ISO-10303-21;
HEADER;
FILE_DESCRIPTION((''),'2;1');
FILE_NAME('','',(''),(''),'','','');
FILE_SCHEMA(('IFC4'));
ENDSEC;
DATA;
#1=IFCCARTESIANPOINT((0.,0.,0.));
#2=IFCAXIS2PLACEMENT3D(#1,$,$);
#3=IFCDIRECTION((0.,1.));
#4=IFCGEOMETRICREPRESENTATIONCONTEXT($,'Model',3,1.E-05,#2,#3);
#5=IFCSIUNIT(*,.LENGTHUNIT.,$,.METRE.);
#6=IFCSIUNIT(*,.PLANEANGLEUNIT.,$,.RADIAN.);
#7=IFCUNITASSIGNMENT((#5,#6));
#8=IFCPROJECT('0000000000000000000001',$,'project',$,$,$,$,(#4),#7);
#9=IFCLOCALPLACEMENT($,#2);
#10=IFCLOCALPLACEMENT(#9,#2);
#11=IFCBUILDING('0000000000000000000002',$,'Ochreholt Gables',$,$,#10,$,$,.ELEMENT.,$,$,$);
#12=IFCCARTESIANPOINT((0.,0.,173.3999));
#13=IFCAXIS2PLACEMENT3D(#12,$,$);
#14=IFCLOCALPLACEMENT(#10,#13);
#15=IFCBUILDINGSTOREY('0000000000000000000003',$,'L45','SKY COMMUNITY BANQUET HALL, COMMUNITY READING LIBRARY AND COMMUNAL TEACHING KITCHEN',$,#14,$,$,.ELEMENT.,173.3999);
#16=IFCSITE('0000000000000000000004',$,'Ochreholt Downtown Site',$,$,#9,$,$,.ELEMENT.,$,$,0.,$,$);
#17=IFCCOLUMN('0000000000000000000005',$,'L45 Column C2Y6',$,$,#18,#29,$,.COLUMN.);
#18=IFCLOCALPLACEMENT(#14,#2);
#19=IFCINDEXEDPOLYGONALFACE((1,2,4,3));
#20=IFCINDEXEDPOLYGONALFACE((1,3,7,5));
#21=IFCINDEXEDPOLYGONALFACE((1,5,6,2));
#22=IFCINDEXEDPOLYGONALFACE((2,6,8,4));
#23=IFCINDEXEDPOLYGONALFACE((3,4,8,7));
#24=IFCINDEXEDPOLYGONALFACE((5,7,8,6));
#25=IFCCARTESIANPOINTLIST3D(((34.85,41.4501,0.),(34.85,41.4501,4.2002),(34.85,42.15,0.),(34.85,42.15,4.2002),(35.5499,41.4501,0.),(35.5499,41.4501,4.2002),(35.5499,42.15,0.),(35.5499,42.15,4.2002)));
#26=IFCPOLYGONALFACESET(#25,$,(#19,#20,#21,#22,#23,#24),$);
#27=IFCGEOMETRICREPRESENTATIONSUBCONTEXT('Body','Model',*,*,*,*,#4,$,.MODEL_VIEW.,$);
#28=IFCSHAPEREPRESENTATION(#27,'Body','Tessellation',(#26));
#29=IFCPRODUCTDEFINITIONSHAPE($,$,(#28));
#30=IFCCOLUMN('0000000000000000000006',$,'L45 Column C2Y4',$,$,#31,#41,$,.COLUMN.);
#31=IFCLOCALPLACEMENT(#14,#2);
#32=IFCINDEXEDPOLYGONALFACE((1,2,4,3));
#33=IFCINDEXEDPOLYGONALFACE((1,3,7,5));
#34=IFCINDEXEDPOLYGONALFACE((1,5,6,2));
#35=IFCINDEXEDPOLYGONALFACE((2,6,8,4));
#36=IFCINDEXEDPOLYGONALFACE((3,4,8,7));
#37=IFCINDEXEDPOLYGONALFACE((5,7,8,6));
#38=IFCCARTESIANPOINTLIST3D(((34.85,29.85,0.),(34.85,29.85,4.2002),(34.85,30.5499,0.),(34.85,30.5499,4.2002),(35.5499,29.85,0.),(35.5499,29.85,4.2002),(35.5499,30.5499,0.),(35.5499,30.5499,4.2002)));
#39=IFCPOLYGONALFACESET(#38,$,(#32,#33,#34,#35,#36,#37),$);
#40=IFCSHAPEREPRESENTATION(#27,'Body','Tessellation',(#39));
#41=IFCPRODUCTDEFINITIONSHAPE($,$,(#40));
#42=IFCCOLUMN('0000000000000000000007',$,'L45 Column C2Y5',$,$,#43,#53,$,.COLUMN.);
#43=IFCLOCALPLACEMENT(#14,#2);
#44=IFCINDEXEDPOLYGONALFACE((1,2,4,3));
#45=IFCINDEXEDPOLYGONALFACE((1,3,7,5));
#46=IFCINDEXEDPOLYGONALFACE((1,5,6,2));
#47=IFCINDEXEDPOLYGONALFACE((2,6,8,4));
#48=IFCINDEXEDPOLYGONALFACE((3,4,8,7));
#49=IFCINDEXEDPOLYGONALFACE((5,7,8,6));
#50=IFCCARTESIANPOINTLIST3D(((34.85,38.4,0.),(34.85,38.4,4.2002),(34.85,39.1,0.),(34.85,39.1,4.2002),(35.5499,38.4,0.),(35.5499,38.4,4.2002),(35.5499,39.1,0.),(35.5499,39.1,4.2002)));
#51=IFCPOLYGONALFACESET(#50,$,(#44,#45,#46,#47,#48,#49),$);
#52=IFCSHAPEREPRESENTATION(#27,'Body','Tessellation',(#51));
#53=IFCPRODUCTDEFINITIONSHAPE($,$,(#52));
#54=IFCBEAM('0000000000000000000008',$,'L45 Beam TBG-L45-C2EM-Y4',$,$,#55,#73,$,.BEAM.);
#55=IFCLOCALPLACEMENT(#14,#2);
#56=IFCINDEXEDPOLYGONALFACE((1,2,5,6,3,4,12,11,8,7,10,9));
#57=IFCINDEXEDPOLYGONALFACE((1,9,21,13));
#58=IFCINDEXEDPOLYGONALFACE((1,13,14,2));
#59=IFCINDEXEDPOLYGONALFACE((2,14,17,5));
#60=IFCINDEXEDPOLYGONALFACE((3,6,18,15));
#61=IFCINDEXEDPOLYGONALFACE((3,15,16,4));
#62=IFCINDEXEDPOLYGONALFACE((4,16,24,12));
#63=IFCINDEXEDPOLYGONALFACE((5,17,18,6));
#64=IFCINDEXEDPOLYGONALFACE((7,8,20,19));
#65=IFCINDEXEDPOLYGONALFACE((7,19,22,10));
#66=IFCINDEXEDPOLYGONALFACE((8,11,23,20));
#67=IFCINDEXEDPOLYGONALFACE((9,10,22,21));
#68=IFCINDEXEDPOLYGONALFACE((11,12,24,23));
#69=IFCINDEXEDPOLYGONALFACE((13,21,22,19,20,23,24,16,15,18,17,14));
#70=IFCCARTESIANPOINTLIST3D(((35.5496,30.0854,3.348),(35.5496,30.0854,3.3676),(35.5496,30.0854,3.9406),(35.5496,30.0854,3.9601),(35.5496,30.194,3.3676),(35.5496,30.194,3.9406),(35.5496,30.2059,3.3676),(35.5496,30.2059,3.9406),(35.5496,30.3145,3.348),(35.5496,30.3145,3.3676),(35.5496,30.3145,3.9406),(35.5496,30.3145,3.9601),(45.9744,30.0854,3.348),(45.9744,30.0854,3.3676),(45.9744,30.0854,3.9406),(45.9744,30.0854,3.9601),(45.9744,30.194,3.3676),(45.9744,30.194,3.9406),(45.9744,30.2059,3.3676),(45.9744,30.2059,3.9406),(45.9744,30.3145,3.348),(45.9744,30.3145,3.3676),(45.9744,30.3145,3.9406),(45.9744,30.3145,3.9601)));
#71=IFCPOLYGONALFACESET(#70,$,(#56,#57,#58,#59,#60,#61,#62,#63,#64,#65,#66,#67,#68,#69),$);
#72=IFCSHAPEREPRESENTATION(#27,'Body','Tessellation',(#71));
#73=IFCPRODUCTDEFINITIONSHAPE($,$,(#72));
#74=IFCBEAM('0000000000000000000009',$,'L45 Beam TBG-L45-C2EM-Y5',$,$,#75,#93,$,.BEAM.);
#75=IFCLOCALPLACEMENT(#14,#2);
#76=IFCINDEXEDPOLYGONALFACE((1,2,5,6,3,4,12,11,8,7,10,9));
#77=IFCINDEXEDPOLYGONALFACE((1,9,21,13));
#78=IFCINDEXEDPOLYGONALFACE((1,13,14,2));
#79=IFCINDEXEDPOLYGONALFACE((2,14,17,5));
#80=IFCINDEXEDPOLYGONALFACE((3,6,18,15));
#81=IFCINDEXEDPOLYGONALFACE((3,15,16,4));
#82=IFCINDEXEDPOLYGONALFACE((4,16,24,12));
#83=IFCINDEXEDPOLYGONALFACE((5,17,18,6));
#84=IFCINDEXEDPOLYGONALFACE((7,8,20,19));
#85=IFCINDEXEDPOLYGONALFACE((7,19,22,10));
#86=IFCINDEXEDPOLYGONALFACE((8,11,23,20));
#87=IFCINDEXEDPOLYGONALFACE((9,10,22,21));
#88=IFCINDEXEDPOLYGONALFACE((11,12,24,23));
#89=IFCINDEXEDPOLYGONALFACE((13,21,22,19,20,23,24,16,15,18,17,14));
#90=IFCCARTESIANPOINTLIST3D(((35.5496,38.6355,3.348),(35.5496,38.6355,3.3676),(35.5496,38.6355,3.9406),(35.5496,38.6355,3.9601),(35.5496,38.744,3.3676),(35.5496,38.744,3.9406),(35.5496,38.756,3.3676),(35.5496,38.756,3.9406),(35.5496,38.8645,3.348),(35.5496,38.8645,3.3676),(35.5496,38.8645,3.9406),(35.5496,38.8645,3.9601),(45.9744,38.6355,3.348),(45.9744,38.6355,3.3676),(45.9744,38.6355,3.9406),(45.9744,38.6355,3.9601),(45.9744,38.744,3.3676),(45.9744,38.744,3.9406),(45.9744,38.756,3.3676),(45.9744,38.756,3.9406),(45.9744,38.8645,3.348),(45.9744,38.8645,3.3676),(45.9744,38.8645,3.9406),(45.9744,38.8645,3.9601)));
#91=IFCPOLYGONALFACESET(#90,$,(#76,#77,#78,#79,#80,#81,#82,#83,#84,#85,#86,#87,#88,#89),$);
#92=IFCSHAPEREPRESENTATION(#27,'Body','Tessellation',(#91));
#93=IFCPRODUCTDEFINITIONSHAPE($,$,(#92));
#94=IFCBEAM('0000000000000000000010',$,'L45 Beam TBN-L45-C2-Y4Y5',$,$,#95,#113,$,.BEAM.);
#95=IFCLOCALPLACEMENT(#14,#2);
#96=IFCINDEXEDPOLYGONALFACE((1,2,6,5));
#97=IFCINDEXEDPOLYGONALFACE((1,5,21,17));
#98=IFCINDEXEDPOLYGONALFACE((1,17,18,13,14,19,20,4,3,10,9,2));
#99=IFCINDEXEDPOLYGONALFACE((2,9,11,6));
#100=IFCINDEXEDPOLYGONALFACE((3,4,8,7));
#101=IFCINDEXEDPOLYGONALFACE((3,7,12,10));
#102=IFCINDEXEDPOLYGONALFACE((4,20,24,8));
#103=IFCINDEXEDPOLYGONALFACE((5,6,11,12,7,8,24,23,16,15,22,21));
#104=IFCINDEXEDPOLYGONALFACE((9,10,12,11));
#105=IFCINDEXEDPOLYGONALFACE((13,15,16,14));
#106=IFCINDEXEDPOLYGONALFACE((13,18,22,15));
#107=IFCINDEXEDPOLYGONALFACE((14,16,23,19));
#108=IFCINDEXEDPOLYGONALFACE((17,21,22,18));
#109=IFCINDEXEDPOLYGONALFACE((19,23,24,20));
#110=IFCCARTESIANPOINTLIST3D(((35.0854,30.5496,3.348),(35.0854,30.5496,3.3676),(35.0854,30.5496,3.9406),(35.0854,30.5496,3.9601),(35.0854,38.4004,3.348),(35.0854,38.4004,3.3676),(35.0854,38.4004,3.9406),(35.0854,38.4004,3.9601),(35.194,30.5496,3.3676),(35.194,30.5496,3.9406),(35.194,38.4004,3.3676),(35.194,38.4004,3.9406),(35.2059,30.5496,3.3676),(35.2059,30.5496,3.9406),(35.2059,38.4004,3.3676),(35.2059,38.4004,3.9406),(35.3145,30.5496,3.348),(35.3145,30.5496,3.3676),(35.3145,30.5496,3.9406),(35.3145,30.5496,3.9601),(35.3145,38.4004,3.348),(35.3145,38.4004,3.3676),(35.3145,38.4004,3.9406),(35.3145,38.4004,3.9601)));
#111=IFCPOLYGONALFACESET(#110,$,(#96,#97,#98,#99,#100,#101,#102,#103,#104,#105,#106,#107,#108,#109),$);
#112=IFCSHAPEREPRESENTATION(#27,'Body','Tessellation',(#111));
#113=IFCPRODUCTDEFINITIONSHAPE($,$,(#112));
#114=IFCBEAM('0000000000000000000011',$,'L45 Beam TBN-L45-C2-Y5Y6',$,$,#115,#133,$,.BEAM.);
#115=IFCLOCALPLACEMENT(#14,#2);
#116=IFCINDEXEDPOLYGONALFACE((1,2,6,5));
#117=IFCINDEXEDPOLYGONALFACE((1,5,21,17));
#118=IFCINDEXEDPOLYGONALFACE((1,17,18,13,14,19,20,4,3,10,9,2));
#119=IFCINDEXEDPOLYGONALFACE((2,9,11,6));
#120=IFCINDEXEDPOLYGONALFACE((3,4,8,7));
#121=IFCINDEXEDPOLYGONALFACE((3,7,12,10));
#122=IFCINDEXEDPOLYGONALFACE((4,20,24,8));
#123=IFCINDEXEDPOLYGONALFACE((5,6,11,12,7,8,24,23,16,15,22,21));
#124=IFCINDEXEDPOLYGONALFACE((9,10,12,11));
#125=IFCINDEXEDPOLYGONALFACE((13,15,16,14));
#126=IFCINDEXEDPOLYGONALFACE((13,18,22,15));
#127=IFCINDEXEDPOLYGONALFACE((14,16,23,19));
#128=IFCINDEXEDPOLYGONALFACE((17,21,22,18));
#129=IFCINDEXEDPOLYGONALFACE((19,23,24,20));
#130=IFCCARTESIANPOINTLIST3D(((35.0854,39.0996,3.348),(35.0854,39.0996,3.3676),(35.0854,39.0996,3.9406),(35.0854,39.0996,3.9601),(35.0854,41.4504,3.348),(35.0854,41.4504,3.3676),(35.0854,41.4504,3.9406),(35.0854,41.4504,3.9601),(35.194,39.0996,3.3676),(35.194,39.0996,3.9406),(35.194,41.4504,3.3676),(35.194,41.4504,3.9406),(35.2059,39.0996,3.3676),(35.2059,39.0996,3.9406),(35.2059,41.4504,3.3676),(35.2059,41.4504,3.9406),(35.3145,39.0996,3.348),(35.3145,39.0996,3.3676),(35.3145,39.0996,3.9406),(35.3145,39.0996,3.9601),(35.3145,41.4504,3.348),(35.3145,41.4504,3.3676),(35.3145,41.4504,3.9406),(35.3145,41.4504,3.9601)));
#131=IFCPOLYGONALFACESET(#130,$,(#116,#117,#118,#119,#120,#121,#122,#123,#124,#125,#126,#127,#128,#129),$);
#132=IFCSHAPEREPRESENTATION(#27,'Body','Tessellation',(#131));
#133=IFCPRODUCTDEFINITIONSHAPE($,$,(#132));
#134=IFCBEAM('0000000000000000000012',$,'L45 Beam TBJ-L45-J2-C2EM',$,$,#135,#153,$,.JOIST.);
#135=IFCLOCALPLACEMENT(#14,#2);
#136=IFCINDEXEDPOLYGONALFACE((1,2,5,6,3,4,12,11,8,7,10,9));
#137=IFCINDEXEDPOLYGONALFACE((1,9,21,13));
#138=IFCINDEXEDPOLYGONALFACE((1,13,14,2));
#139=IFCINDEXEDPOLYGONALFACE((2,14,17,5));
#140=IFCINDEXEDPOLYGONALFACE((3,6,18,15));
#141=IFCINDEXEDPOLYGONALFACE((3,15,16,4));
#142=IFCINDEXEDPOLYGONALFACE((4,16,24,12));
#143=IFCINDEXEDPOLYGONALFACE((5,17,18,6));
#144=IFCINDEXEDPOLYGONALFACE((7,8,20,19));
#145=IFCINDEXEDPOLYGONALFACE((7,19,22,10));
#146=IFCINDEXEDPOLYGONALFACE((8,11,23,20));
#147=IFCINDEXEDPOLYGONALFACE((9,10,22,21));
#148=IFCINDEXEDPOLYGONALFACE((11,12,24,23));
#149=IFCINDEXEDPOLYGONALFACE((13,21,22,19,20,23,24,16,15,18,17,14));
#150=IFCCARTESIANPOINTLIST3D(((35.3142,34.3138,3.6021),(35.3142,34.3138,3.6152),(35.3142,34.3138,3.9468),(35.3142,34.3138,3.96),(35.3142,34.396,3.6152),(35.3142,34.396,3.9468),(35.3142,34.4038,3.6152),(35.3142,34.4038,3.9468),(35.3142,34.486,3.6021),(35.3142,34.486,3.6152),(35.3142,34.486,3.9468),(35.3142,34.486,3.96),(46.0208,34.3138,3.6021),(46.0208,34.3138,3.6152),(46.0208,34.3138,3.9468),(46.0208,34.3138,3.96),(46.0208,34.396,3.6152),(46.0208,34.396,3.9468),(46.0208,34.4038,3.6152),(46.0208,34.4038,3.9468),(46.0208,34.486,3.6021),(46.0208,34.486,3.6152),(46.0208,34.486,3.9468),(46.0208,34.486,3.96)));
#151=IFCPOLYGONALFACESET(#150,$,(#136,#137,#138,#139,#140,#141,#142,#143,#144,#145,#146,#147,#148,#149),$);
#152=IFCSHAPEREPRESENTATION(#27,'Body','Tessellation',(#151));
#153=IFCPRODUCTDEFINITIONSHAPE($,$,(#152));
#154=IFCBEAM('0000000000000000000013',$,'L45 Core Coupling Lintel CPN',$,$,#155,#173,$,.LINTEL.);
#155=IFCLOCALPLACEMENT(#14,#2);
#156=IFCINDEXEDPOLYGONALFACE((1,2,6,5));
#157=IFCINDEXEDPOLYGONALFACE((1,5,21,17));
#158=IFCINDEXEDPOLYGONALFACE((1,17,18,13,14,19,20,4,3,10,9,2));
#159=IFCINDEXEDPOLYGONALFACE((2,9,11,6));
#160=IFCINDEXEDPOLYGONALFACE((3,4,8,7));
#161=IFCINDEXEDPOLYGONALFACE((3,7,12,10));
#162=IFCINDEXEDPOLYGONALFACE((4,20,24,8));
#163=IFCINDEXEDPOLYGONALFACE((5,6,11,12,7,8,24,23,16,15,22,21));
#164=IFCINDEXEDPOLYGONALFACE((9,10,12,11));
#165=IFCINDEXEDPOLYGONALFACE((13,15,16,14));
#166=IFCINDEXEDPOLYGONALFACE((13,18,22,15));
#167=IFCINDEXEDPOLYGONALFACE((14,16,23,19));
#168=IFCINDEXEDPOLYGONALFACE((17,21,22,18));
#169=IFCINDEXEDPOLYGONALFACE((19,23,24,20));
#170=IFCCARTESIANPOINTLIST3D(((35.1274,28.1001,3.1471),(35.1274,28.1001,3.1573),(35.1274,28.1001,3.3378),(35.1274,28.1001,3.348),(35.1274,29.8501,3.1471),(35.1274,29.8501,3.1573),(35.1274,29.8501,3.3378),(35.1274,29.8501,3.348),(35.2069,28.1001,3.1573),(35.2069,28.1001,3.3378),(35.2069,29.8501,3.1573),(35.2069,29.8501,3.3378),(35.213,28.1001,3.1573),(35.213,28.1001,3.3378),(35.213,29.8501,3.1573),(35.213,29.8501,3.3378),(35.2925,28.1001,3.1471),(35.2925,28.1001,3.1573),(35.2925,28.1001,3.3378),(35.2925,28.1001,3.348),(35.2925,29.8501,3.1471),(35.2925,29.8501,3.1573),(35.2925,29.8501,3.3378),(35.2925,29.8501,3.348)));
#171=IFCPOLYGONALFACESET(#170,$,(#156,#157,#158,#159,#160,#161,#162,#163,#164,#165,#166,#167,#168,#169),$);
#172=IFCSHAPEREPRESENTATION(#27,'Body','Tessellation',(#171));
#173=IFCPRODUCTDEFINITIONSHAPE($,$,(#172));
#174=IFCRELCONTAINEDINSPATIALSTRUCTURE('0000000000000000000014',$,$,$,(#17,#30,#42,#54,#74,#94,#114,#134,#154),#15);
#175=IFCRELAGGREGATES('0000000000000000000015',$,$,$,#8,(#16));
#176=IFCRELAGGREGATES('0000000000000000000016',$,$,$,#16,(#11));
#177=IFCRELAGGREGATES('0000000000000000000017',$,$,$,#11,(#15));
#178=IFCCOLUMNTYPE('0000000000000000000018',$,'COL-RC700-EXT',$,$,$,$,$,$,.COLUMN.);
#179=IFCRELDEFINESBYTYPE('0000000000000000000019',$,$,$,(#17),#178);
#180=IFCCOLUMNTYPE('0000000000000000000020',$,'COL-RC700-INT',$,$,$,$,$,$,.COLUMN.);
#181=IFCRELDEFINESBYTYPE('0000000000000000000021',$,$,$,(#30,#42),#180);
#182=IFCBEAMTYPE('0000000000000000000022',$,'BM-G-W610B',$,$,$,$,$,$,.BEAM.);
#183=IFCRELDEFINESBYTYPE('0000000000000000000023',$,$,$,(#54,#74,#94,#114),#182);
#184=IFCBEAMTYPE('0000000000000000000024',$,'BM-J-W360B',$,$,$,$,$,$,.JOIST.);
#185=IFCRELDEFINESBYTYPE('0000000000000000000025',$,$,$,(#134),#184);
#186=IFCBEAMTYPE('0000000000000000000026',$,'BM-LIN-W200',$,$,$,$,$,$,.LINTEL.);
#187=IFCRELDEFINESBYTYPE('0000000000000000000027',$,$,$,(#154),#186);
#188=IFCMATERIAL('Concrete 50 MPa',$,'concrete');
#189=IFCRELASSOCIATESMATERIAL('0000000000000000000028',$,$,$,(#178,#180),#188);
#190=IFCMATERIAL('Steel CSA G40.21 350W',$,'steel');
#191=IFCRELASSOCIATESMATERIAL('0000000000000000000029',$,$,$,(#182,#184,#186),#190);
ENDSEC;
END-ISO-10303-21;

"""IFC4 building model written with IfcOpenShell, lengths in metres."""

from ifc_helpers import new_model, si_unit, direction, frame, origin, origin_2d, place, context, subcontext, project, spatial, rectangle, i_section, extrude, material, material_profile, profile_set, type_object, element, save


model = new_model("IFC4")

# Units and contexts
model_context = context("Model", 3, precision=1e-05, world=origin(), true_north=direction((0.0, 1.0)))
body_context = subcontext(model_context, "Body", "Model", "MODEL_VIEW")
ifc_project = project(units=[si_unit("LENGTHUNIT", "METRE"), si_unit("PLANEANGLEUNIT", "RADIAN")], contexts=[model_context])

# Site, building, storey
site_placement = place(None, origin())
site = spatial("IfcSite", under=ifc_project, at=site_placement, Name="Ochreholt Downtown Site", CompositionType="ELEMENT", RefElevation=0.0)
building_placement = place(site_placement, origin())
building = spatial("IfcBuilding", under=site, at=building_placement, Name="Ochreholt Gables", CompositionType="ELEMENT")
storey_placement = place(building_placement, frame((0.0, 0.0, 173.3999)))
storey = spatial("IfcBuildingStorey", under=building, at=storey_placement, Name="L45", Description="SKY COMMUNITY BANQUET HALL, COMMUNITY READING LIBRARY AND COMMUNAL TEACHING KITCHEN", CompositionType="ELEMENT", Elevation=173.3999)

# Columns
ifc_material_1 = material(Name="Concrete 50 MPa", Category="concrete")
ifc_material_profile_1 = material_profile(ifc_material_1, rectangle(XDim=0.7, YDim=0.7, at=origin_2d()), Name="RC700X700")
ifc_profile_set_1 = profile_set([ifc_material_profile_1], Name="Concrete 50 MPa")
column_type_1 = type_object("IfcColumnType", Name="COL-RC700-EXT", PredefinedType="COLUMN", material=ifc_profile_set_1)
column_placement = place(storey_placement, frame((35.2, 41.8, 0.0), z_axis=(0.0, 0.0, 1.0), x_axis=(1.0, 0.0, 0.0)))
element("IfcColumn", 1, at=column_placement, inside=storey, type_object=column_type_1, Name="L45 Column C2Y6", PredefinedType="COLUMN", context=body_context, shape_type="SweptSolid", body=[
    extrude(rectangle(XDim=0.7, YDim=0.7, at=origin_2d()), origin(), (0.0, 0.0, 1.0), 4.2002),
])
ifc_material_profile_2 = material_profile(ifc_material_1, rectangle(XDim=0.7, YDim=0.7, at=origin_2d()), Name="RC700X700")
ifc_profile_set_2 = profile_set([ifc_material_profile_2], Name="Concrete 50 MPa")
column_type_2 = type_object("IfcColumnType", Name="COL-RC700-INT", PredefinedType="COLUMN", material=ifc_profile_set_2)
for number, where, z_axis, x_axis, name in (
    (2, (35.2, 30.2, 0.0), (0.0, 0.0, 1.0), (1.0, 0.0, 0.0), "L45 Column C2Y4"),
    (3, (35.2, 38.75, 0.0), (0.0, 0.0, 1.0), (1.0, 0.0, 0.0), "L45 Column C2Y5"),
):
    element("IfcColumn", number, at=place(storey_placement, frame(where, z_axis=z_axis, x_axis=x_axis)), inside=storey, type_object=column_type_2, Name=name, PredefinedType="COLUMN", context=body_context, shape_type="SweptSolid", body=[
        extrude(rectangle(XDim=0.7, YDim=0.7, at=origin_2d()), origin(), (0.0, 0.0, 1.0), 4.2002),
    ])

# Beams
ifc_material_2 = material(Name="Steel CSA G40.21 350W", Category="steel")
ifc_material_profile_3 = material_profile(ifc_material_2, i_section(OverallWidth=0.229, OverallDepth=0.6121, WebThickness=0.012, FlangeThickness=0.0195, at=origin_2d()), Name="W610X125")
ifc_profile_set_3 = profile_set([ifc_material_profile_3], Name="Steel CSA G40.21 350W")
beam_type_1 = type_object("IfcBeamType", Name="BM-G-W610B", PredefinedType="BEAM", material=ifc_profile_set_3)
for number, where, z_axis, x_axis, name in (
    (4, (35.5496, 30.2, 3.6541), (1.0, 0.0, 0.0), (0.0, 1.0, 0.0), "L45 Beam TBG-L45-C2EM-Y4"),
    (5, (35.5496, 38.75, 3.6541), (1.0, 0.0, 0.0), (0.0, 1.0, 0.0), "L45 Beam TBG-L45-C2EM-Y5"),
):
    element("IfcBeam", number, at=place(storey_placement, frame(where, z_axis=z_axis, x_axis=x_axis)), inside=storey, type_object=beam_type_1, Name=name, PredefinedType="BEAM", context=body_context, shape_type="SweptSolid", body=[
        extrude(i_section(OverallWidth=0.229, OverallDepth=0.6121, WebThickness=0.012, FlangeThickness=0.0195, at=origin_2d()), origin(), (0.0, 0.0, 1.0), 10.4248),
    ])
beam_1_placement = place(storey_placement, frame((35.2, 30.5496, 3.6541), z_axis=(0.0, 1.0, 0.0), x_axis=(-1.0, 0.0, 0.0)))
element("IfcBeam", 6, at=beam_1_placement, inside=storey, type_object=beam_type_1, Name="L45 Beam TBN-L45-C2-Y4Y5", PredefinedType="BEAM", context=body_context, shape_type="SweptSolid", body=[
    extrude(i_section(OverallWidth=0.229, OverallDepth=0.6121, WebThickness=0.012, FlangeThickness=0.0195, at=origin_2d()), origin(), (0.0, 0.0, 1.0), 7.8508),
])
beam_2_placement = place(storey_placement, frame((35.2, 39.0996, 3.6541), z_axis=(0.0, 1.0, 0.0), x_axis=(-1.0, 0.0, 0.0)))
element("IfcBeam", 7, at=beam_2_placement, inside=storey, type_object=beam_type_1, Name="L45 Beam TBN-L45-C2-Y5Y6", PredefinedType="BEAM", context=body_context, shape_type="SweptSolid", body=[
    extrude(i_section(OverallWidth=0.229, OverallDepth=0.6121, WebThickness=0.012, FlangeThickness=0.0195, at=origin_2d()), origin(), (0.0, 0.0, 1.0), 2.3508),
])
ifc_material_profile_4 = material_profile(ifc_material_2, i_section(OverallWidth=0.1721, OverallDepth=0.3579, WebThickness=0.0078, FlangeThickness=0.0132, at=origin_2d()), Name="W360X57")
ifc_profile_set_4 = profile_set([ifc_material_profile_4], Name="Steel CSA G40.21 350W")
beam_type_2 = type_object("IfcBeamType", Name="BM-J-W360B", PredefinedType="JOIST", material=ifc_profile_set_4)
beam_3_placement = place(storey_placement, frame((35.3142, 34.3999, 3.781), z_axis=(1.0, 0.0, 0.0), x_axis=(0.0, 1.0, 0.0)))
element("IfcBeam", 8, at=beam_3_placement, inside=storey, type_object=beam_type_2, Name="L45 Beam TBJ-L45-J2-C2EM", PredefinedType="JOIST", context=body_context, shape_type="SweptSolid", body=[
    extrude(i_section(OverallWidth=0.1721, OverallDepth=0.3579, WebThickness=0.0078, FlangeThickness=0.0132, at=origin_2d()), origin(), (0.0, 0.0, 1.0), 10.7065),
])
ifc_material_profile_5 = material_profile(ifc_material_2, i_section(OverallWidth=0.165, OverallDepth=0.2009, WebThickness=0.0061, FlangeThickness=0.0103, at=origin_2d()), Name="W200X36")
ifc_profile_set_5 = profile_set([ifc_material_profile_5], Name="Steel CSA G40.21 350W")
beam_type_3 = type_object("IfcBeamType", Name="BM-LIN-W200", PredefinedType="LINTEL", material=ifc_profile_set_5)
beam_4_placement = place(storey_placement, frame((35.21, 28.1001, 3.2476), z_axis=(0.0, 1.0, 0.0), x_axis=(-1.0, 0.0, 0.0)))
element("IfcBeam", 9, at=beam_4_placement, inside=storey, type_object=beam_type_3, Name="L45 Core Coupling Lintel CPN", PredefinedType="LINTEL", context=body_context, shape_type="SweptSolid", body=[
    extrude(i_section(OverallWidth=0.165, OverallDepth=0.2009, WebThickness=0.0061, FlangeThickness=0.0103, at=origin_2d()), origin(), (0.0, 0.0, 1.0), 1.75),
])

save(model, "model.ifc")
